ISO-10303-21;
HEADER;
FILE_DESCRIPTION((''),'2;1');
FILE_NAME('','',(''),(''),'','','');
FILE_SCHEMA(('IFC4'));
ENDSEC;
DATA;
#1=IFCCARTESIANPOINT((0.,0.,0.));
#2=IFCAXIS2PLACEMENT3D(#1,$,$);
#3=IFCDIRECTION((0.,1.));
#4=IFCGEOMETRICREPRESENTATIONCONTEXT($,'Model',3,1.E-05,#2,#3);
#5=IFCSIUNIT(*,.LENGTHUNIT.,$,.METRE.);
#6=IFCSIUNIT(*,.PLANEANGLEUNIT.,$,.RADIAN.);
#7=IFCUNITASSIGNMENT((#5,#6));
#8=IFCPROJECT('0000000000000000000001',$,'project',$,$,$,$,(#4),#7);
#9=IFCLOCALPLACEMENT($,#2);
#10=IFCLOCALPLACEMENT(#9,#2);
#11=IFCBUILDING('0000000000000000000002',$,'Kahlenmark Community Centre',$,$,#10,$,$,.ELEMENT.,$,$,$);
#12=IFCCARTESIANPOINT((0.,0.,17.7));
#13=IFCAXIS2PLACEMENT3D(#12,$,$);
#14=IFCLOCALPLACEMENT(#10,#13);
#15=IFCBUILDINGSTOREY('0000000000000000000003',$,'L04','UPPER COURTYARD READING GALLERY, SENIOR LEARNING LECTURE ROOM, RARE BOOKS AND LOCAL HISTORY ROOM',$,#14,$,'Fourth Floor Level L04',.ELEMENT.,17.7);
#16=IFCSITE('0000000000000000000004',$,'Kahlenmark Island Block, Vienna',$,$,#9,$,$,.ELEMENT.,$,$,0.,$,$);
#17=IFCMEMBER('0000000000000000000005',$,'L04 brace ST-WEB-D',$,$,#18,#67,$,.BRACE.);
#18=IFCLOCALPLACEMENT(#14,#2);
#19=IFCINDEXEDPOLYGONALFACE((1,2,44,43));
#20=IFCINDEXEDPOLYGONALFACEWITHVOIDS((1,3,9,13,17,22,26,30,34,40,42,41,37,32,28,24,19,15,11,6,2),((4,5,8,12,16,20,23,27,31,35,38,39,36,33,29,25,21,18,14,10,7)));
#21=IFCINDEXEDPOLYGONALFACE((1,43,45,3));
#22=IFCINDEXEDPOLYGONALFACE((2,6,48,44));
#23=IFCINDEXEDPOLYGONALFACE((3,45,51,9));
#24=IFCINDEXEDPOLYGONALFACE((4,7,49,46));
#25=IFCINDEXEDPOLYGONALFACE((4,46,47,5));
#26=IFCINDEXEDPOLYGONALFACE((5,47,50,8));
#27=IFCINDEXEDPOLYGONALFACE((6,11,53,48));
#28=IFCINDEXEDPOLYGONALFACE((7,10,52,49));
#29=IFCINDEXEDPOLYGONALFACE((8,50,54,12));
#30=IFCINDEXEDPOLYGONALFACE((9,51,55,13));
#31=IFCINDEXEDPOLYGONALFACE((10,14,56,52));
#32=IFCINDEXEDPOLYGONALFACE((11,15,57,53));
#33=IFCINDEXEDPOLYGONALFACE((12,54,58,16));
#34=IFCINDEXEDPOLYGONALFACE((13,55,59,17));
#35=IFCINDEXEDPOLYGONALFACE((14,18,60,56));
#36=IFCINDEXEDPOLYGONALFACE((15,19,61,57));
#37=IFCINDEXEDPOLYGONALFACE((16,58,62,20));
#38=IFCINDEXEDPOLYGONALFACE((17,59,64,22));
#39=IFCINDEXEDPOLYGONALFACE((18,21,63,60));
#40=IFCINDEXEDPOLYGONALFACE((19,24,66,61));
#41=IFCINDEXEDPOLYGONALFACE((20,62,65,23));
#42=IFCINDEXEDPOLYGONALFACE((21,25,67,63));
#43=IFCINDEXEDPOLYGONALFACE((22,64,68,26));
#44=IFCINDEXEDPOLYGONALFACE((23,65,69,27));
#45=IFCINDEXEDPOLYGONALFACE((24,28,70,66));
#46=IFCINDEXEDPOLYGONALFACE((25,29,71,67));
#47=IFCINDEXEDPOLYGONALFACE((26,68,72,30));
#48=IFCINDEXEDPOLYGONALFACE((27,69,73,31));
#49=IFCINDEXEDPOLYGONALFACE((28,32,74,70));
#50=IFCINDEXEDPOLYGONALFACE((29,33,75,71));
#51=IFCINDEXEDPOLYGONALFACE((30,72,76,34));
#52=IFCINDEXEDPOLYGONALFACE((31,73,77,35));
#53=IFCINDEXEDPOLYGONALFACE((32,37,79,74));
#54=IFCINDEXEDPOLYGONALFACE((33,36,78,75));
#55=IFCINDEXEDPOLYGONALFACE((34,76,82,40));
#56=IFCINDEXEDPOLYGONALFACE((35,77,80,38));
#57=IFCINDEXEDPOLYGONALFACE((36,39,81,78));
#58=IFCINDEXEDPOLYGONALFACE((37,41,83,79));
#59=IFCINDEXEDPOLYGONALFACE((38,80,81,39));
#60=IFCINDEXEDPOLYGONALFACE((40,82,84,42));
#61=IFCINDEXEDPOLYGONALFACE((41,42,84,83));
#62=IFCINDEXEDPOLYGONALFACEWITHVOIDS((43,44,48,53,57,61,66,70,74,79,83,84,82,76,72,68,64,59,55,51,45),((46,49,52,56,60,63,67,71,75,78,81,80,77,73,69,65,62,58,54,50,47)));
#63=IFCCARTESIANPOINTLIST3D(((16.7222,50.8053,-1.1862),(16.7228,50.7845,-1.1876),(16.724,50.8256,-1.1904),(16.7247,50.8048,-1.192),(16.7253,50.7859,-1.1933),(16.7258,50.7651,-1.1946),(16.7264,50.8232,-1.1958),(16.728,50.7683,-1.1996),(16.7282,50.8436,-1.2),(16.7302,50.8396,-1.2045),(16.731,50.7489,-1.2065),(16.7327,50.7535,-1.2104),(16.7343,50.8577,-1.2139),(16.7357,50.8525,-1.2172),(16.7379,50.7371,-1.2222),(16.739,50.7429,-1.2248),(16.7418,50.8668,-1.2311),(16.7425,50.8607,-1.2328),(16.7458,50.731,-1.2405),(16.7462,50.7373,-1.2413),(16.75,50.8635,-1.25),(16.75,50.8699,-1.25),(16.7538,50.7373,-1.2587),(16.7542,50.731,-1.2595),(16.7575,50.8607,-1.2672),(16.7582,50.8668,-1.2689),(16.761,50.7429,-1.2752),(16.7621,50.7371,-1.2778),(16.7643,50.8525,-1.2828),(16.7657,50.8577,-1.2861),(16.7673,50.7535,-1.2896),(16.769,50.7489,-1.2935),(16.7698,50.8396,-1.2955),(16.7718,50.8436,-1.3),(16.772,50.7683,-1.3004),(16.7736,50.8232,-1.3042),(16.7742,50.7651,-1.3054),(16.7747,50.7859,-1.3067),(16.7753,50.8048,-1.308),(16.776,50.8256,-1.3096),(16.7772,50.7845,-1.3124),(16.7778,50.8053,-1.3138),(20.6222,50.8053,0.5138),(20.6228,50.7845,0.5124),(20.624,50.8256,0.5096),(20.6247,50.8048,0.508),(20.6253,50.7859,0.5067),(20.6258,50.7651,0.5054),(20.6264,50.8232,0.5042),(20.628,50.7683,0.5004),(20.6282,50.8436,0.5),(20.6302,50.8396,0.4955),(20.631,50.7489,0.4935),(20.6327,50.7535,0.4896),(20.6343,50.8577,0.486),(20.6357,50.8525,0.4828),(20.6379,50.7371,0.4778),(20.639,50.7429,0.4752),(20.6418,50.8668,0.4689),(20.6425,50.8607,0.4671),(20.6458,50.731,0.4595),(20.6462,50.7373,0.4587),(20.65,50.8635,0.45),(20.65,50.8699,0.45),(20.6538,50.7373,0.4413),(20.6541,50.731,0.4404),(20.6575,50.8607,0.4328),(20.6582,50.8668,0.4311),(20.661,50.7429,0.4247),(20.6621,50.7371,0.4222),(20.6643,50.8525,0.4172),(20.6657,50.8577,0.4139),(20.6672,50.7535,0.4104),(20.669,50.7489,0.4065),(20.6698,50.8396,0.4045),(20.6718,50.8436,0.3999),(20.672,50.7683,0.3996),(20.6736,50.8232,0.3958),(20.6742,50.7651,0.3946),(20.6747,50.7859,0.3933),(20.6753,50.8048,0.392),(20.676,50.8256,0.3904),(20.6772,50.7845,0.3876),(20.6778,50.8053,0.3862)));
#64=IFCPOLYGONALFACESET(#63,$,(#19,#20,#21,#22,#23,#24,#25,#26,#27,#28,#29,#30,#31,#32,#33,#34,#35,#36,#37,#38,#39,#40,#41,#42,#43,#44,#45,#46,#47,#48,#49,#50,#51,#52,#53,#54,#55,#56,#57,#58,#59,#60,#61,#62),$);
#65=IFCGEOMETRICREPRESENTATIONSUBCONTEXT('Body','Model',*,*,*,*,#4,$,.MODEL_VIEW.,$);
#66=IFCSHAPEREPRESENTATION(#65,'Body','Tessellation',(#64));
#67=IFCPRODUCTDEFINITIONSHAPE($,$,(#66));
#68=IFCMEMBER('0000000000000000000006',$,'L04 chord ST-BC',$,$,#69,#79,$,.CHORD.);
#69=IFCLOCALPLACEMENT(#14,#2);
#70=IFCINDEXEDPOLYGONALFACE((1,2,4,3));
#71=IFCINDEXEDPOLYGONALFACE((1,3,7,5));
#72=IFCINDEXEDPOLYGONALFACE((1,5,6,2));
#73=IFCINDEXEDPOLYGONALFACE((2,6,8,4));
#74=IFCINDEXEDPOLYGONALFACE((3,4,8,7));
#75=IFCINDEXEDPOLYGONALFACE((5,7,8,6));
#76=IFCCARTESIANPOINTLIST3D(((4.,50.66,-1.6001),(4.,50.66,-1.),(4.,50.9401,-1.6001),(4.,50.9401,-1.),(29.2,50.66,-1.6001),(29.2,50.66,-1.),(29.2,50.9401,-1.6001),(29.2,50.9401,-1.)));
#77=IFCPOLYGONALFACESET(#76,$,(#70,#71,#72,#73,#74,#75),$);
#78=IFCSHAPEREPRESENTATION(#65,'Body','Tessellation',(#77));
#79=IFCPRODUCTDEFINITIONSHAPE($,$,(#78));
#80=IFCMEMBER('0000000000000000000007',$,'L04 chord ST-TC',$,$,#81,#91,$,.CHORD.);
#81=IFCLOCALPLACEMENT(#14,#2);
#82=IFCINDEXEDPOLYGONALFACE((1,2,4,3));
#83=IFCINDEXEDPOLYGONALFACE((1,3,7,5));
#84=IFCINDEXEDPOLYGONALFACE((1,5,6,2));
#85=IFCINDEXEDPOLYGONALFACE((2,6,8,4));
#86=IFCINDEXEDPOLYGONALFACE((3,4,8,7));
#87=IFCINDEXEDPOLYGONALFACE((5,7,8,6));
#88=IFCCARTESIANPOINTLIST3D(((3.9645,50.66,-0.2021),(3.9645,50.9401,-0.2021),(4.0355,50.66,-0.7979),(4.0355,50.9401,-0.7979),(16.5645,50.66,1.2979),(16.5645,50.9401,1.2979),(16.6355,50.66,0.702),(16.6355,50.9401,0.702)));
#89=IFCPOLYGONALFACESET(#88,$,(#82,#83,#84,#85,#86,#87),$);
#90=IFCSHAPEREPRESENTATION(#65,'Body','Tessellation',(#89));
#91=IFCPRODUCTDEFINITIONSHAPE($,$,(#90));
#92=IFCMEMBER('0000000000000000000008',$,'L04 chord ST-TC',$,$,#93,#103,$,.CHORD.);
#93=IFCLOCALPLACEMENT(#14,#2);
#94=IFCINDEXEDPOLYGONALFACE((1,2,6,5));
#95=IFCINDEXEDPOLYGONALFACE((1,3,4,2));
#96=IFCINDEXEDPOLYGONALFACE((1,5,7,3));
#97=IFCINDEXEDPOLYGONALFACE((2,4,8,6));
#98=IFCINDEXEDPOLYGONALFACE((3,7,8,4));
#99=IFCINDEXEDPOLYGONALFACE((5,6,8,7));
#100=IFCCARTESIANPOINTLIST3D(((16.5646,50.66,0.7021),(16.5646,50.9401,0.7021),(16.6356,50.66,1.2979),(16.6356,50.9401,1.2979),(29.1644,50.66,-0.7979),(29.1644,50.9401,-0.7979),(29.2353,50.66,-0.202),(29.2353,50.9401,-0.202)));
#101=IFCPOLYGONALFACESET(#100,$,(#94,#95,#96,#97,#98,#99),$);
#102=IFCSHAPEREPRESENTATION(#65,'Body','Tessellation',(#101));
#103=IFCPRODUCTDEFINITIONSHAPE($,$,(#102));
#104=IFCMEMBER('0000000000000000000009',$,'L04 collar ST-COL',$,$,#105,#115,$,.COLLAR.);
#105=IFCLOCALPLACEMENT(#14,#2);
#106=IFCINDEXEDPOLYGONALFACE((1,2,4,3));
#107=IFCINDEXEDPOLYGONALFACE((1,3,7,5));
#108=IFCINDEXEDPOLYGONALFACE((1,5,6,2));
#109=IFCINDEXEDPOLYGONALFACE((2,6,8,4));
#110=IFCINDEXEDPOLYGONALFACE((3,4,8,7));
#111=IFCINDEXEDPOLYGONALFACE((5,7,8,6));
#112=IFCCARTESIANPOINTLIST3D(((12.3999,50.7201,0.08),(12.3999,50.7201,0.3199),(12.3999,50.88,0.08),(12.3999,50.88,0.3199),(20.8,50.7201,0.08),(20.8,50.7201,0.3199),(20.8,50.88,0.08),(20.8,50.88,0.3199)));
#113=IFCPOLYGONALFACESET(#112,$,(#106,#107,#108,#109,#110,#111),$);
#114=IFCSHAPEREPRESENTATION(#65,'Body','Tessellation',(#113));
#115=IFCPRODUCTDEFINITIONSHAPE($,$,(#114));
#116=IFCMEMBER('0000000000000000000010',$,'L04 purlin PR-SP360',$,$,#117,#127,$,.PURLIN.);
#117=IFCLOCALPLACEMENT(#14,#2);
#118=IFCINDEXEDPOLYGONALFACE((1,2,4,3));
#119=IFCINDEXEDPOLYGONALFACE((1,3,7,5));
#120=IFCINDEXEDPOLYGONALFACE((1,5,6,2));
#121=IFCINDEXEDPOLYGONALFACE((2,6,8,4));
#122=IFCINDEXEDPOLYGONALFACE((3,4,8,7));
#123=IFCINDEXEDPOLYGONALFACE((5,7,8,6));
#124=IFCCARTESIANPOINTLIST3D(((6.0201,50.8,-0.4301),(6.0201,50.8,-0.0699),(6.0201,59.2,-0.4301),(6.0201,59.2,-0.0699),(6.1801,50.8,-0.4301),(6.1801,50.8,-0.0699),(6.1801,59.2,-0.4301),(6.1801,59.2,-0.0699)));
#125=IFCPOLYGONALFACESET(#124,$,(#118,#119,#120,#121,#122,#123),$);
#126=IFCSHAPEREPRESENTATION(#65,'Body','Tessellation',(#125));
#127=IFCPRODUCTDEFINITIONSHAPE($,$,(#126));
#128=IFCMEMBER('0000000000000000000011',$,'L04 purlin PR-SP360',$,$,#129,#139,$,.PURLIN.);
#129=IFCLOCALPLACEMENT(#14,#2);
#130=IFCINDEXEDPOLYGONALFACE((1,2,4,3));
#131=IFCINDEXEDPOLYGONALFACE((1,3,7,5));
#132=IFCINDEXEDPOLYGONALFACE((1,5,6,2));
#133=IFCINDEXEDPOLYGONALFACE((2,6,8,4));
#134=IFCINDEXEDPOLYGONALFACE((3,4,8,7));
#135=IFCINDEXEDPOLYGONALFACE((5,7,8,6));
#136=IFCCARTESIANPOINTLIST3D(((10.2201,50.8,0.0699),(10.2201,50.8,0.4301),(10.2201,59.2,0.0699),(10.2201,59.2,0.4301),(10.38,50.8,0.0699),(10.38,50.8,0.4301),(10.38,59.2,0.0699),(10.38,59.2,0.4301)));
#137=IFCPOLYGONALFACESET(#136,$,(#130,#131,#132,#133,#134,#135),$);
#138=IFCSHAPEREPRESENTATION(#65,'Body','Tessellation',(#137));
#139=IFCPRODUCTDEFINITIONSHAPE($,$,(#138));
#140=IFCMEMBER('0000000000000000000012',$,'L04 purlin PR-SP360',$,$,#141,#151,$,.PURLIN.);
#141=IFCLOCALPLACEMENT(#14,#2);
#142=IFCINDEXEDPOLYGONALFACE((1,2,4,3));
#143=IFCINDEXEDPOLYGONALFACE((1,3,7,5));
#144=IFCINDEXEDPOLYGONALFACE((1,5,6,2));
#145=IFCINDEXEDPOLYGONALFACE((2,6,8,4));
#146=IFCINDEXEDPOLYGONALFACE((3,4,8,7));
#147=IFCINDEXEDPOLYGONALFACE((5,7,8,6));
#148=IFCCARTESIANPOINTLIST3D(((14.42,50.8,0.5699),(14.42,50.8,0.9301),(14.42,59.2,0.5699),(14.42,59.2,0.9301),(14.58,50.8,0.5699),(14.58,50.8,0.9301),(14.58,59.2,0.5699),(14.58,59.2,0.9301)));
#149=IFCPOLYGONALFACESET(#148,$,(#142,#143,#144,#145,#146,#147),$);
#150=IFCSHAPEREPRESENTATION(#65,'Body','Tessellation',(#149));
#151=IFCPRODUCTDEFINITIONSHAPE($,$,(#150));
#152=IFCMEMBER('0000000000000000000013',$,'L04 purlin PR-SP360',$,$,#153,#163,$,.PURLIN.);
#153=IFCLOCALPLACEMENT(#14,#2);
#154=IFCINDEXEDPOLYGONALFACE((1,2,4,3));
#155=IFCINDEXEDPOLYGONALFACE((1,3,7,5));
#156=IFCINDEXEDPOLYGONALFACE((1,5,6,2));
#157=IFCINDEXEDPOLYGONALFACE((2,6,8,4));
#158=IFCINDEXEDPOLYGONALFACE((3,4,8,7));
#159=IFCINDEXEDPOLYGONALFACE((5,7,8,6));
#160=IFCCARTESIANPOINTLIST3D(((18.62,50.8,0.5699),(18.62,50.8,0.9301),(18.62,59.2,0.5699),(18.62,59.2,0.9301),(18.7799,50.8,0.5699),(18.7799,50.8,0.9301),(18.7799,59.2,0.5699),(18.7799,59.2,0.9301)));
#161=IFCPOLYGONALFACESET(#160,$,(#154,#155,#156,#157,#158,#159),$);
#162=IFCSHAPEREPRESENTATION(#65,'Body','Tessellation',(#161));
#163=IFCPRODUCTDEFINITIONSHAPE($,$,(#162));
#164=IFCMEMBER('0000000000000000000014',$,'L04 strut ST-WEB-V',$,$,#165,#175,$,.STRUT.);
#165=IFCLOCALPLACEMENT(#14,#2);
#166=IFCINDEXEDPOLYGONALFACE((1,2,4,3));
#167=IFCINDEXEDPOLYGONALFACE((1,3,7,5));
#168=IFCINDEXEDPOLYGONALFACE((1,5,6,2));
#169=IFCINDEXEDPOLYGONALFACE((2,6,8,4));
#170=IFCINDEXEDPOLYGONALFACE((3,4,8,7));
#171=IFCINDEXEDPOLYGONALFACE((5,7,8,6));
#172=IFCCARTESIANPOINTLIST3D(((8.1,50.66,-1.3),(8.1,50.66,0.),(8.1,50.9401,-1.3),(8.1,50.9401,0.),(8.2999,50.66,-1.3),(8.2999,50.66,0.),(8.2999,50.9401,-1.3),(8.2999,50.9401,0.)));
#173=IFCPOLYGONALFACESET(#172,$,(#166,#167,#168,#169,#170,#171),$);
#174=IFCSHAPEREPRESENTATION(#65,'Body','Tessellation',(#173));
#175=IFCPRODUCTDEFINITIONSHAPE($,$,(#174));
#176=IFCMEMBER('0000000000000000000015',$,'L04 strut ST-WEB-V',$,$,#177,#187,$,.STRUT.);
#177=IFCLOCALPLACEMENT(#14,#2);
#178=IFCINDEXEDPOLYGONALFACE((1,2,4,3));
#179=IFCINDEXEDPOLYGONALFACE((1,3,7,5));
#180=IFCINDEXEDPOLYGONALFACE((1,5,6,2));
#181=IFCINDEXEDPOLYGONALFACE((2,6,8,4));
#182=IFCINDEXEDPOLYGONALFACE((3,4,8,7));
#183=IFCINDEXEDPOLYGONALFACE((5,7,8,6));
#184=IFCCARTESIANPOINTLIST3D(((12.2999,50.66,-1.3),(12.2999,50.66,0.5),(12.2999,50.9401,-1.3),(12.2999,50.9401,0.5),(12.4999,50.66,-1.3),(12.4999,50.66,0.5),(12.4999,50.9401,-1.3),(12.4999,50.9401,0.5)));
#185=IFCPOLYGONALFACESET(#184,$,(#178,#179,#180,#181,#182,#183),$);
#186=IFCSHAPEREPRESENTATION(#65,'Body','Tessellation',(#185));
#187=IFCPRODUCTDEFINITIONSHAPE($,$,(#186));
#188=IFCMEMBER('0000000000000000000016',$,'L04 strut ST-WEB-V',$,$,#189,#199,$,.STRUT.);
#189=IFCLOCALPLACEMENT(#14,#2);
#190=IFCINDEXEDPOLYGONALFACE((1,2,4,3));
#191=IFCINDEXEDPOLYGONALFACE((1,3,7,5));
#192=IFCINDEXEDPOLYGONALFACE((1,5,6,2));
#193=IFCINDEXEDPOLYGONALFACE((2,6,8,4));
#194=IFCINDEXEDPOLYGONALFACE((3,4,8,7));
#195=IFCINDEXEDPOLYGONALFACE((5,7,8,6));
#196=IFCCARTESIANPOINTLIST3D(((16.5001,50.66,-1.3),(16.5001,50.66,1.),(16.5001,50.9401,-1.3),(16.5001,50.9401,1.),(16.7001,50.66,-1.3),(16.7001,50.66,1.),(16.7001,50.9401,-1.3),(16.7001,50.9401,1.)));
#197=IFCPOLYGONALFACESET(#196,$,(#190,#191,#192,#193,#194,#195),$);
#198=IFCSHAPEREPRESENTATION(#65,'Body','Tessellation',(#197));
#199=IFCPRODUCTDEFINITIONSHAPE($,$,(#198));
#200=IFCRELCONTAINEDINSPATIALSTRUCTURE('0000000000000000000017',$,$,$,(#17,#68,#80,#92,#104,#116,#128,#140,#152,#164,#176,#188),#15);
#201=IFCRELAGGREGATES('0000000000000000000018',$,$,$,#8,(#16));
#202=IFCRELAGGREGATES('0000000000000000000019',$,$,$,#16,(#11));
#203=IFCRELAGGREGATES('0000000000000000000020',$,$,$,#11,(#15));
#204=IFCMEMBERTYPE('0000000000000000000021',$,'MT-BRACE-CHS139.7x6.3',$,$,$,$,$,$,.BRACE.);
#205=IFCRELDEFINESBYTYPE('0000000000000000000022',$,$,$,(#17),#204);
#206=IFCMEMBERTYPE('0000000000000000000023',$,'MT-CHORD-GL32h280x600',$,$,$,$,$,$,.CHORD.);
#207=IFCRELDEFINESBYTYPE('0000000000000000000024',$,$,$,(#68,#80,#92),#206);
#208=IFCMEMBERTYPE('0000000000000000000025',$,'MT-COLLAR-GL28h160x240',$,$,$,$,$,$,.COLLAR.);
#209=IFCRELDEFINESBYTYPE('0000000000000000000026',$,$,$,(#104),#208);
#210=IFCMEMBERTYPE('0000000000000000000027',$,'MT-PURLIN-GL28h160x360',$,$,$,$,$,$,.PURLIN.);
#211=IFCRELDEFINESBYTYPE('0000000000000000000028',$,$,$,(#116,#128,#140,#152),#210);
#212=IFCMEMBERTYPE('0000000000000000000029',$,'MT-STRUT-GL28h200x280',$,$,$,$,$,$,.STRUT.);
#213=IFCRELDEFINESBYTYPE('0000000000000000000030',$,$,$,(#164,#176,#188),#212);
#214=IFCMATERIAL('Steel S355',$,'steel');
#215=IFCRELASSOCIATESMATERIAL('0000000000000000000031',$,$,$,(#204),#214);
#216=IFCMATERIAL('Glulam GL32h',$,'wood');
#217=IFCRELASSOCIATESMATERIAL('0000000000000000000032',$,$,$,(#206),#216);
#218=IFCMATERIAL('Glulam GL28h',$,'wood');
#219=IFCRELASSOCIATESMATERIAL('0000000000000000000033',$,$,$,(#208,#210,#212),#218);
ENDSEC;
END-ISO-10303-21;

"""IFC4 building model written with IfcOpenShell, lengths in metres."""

from ifc_helpers import new_model, si_unit, direction, frame, origin, origin_2d, place, context, subcontext, project, spatial, rectangle, hollow_circle, extrude, material, material_profile, profile_set, type_object, element, save


model = new_model("IFC4")

# Units and contexts
model_context = context("Model", 3, precision=1e-05, world=origin(), true_north=direction((0.0, 1.0)))
body_context = subcontext(model_context, "Body", "Model", "MODEL_VIEW")
ifc_project = project(units=[si_unit("LENGTHUNIT", "METRE"), si_unit("PLANEANGLEUNIT", "RADIAN")], contexts=[model_context])

# Site, building, storey
site_placement = place(None, origin())
site = spatial("IfcSite", under=ifc_project, at=site_placement, Name="Kahlenmark Island Block, Vienna", CompositionType="ELEMENT", RefElevation=0.0)
building_placement = place(site_placement, origin())
building = spatial("IfcBuilding", under=site, at=building_placement, Name="Kahlenmark Community Centre", CompositionType="ELEMENT")
storey_placement = place(building_placement, frame((0.0, 0.0, 17.7)))
storey = spatial("IfcBuildingStorey", under=building, at=storey_placement, Name="L04", Description="UPPER COURTYARD READING GALLERY, SENIOR LEARNING LECTURE ROOM, RARE BOOKS AND LOCAL HISTORY ROOM", LongName="Fourth Floor Level L04", CompositionType="ELEMENT", Elevation=17.7)

# Shared definitions
ifc_material_1 = material(Name="Glulam GL32h", Category="wood")

# Members
ifc_material_2 = material(Name="Steel S355", Category="steel")
ifc_material_profile_1 = material_profile(ifc_material_2, hollow_circle(Radius=0.0698, WallThickness=0.0063, at=origin_2d()), Name="CHS 139.7x6.3")
ifc_profile_set_1 = profile_set([ifc_material_profile_1], Name="Steel S355")
member_type_1 = type_object("IfcMemberType", Name="MT-BRACE-CHS139.7x6.3", PredefinedType="BRACE", material=ifc_profile_set_1)
member_1_placement = place(storey_placement, frame((16.75, 50.8, -1.25), z_axis=(0.916697, 0.0, 0.399584), x_axis=(0.0, 1.0, 0.0)))
element("IfcMember", 1, at=member_1_placement, inside=storey, type_object=member_type_1, Name="L04 brace ST-WEB-D", PredefinedType="BRACE", context=body_context, shape_type="SweptSolid", body=[
    extrude(hollow_circle(Radius=0.0698, WallThickness=0.0063, at=origin_2d()), origin(), (0.0, 0.0, 1.0), 4.2544),
])
ifc_material_profile_2 = material_profile(ifc_material_1, rectangle(XDim=0.28, YDim=0.6001, at=origin_2d()), Name="GL32h 280x600")
ifc_profile_set_2 = profile_set([ifc_material_profile_2], Name="Glulam GL32h")
member_type_2 = type_object("IfcMemberType", Name="MT-CHORD-GL32h280x600", PredefinedType="CHORD", material=ifc_profile_set_2)
member_2_placement = place(storey_placement, frame((4.0, 50.8, -1.3), z_axis=(1.0, 0.0, 0.0), x_axis=(0.0, 1.0, 0.0)))
element("IfcMember", 2, at=member_2_placement, inside=storey, type_object=member_type_2, Name="L04 chord ST-BC", PredefinedType="CHORD", context=body_context, shape_type="SweptSolid", body=[
    extrude(rectangle(XDim=0.28, YDim=0.6001, at=origin_2d()), origin(), (0.0, 0.0, 1.0), 25.2),
])
member_3_placement = place(storey_placement, frame((4.0, 50.8, -0.5), z_axis=(0.992988, 0.0, 0.118212), x_axis=(0.0, 1.0, 0.0)))
element("IfcMember", 3, at=member_3_placement, inside=storey, type_object=member_type_2, Name="L04 chord ST-TC", PredefinedType="CHORD", context=body_context, shape_type="SweptSolid", body=[
    extrude(rectangle(XDim=0.28, YDim=0.6001, at=origin_2d()), origin(), (0.0, 0.0, 1.0), 12.689),
])
member_4_placement = place(storey_placement, frame((16.6001, 50.8, 1.0), z_axis=(0.992988, 0.0, -0.118214), x_axis=(0.0, 1.0, 0.0)))
element("IfcMember", 4, at=member_4_placement, inside=storey, type_object=member_type_2, Name="L04 chord ST-TC", PredefinedType="CHORD", context=body_context, shape_type="SweptSolid", body=[
    extrude(rectangle(XDim=0.28, YDim=0.6001, at=origin_2d()), origin(), (0.0, 0.0, 1.0), 12.6887),
])
ifc_material_3 = material(Name="Glulam GL28h", Category="wood")
ifc_material_profile_3 = material_profile(ifc_material_3, rectangle(XDim=0.1599, YDim=0.24, at=origin_2d()), Name="GL28h 160x240")
ifc_profile_set_3 = profile_set([ifc_material_profile_3], Name="Glulam GL28h")
member_type_3 = type_object("IfcMemberType", Name="MT-COLLAR-GL28h160x240", PredefinedType="COLLAR", material=ifc_profile_set_3)
member_5_placement = place(storey_placement, frame((12.3999, 50.8, 0.2), z_axis=(1.0, 0.0, 0.0), x_axis=(0.0, 1.0, 0.0)))
element("IfcMember", 5, at=member_5_placement, inside=storey, type_object=member_type_3, Name="L04 collar ST-COL", PredefinedType="COLLAR", context=body_context, shape_type="SweptSolid", body=[
    extrude(rectangle(XDim=0.1599, YDim=0.24, at=origin_2d()), origin(), (0.0, 0.0, 1.0), 8.4001),
])
ifc_material_profile_4 = material_profile(ifc_material_3, rectangle(XDim=0.1599, YDim=0.3601, at=origin_2d()), Name="GL28h 160x360")
ifc_profile_set_4 = profile_set([ifc_material_profile_4], Name="Glulam GL28h")
member_type_4 = type_object("IfcMemberType", Name="MT-PURLIN-GL28h160x360", PredefinedType="PURLIN", material=ifc_profile_set_4)
for number, where, z_axis, x_axis, name in (
    (6, (6.1001, 50.8, -0.25), (0.0, 1.0, 0.0), (-1.0, 0.0, 0.0), "L04 purlin PR-SP360"),
    (7, (10.3, 50.8, 0.25), (0.0, 1.0, 0.0), (-1.0, 0.0, 0.0), "L04 purlin PR-SP360"),
    (8, (14.5, 50.8, 0.75), (0.0, 1.0, 0.0), (-1.0, 0.0, 0.0), "L04 purlin PR-SP360"),
    (9, (18.7, 50.8, 0.75), (0.0, 1.0, 0.0), (-1.0, 0.0, 0.0), "L04 purlin PR-SP360"),
):
    element("IfcMember", number, at=place(storey_placement, frame(where, z_axis=z_axis, x_axis=x_axis)), inside=storey, type_object=member_type_4, Name=name, PredefinedType="PURLIN", context=body_context, shape_type="SweptSolid", body=[
        extrude(rectangle(XDim=0.1599, YDim=0.3601, at=origin_2d()), origin(), (0.0, 0.0, 1.0), 8.3999),
    ])
ifc_material_profile_5 = material_profile(ifc_material_3, rectangle(XDim=0.2, YDim=0.28, at=origin_2d()), Name="GL28h 200x280")
ifc_profile_set_5 = profile_set([ifc_material_profile_5], Name="Glulam GL28h")
member_type_5 = type_object("IfcMemberType", Name="MT-STRUT-GL28h200x280", PredefinedType="STRUT", material=ifc_profile_set_5)
member_6_placement = place(storey_placement, frame((8.2, 50.8, -1.3), z_axis=(0.0, 0.0, 1.0), x_axis=(1.0, 0.0, 0.0)))
element("IfcMember", 10, at=member_6_placement, inside=storey, type_object=member_type_5, Name="L04 strut ST-WEB-V", PredefinedType="STRUT", context=body_context, shape_type="SweptSolid", body=[
    extrude(rectangle(XDim=0.2, YDim=0.28, at=origin_2d()), origin(), (0.0, 0.0, 1.0), 1.3),
])
member_7_placement = place(storey_placement, frame((12.3999, 50.8, -1.3), z_axis=(0.0, 0.0, 1.0), x_axis=(1.0, 0.0, 0.0)))
element("IfcMember", 11, at=member_7_placement, inside=storey, type_object=member_type_5, Name="L04 strut ST-WEB-V", PredefinedType="STRUT", context=body_context, shape_type="SweptSolid", body=[
    extrude(rectangle(XDim=0.2, YDim=0.28, at=origin_2d()), origin(), (0.0, 0.0, 1.0), 1.8),
])
member_8_placement = place(storey_placement, frame((16.6001, 50.8, -1.3), z_axis=(0.0, 0.0, 1.0), x_axis=(1.0, 0.0, 0.0)))
element("IfcMember", 12, at=member_8_placement, inside=storey, type_object=member_type_5, Name="L04 strut ST-WEB-V", PredefinedType="STRUT", context=body_context, shape_type="SweptSolid", body=[
    extrude(rectangle(XDim=0.2, YDim=0.28, at=origin_2d()), origin(), (0.0, 0.0, 1.0), 2.3),
])

save(model, "model.ifc")
